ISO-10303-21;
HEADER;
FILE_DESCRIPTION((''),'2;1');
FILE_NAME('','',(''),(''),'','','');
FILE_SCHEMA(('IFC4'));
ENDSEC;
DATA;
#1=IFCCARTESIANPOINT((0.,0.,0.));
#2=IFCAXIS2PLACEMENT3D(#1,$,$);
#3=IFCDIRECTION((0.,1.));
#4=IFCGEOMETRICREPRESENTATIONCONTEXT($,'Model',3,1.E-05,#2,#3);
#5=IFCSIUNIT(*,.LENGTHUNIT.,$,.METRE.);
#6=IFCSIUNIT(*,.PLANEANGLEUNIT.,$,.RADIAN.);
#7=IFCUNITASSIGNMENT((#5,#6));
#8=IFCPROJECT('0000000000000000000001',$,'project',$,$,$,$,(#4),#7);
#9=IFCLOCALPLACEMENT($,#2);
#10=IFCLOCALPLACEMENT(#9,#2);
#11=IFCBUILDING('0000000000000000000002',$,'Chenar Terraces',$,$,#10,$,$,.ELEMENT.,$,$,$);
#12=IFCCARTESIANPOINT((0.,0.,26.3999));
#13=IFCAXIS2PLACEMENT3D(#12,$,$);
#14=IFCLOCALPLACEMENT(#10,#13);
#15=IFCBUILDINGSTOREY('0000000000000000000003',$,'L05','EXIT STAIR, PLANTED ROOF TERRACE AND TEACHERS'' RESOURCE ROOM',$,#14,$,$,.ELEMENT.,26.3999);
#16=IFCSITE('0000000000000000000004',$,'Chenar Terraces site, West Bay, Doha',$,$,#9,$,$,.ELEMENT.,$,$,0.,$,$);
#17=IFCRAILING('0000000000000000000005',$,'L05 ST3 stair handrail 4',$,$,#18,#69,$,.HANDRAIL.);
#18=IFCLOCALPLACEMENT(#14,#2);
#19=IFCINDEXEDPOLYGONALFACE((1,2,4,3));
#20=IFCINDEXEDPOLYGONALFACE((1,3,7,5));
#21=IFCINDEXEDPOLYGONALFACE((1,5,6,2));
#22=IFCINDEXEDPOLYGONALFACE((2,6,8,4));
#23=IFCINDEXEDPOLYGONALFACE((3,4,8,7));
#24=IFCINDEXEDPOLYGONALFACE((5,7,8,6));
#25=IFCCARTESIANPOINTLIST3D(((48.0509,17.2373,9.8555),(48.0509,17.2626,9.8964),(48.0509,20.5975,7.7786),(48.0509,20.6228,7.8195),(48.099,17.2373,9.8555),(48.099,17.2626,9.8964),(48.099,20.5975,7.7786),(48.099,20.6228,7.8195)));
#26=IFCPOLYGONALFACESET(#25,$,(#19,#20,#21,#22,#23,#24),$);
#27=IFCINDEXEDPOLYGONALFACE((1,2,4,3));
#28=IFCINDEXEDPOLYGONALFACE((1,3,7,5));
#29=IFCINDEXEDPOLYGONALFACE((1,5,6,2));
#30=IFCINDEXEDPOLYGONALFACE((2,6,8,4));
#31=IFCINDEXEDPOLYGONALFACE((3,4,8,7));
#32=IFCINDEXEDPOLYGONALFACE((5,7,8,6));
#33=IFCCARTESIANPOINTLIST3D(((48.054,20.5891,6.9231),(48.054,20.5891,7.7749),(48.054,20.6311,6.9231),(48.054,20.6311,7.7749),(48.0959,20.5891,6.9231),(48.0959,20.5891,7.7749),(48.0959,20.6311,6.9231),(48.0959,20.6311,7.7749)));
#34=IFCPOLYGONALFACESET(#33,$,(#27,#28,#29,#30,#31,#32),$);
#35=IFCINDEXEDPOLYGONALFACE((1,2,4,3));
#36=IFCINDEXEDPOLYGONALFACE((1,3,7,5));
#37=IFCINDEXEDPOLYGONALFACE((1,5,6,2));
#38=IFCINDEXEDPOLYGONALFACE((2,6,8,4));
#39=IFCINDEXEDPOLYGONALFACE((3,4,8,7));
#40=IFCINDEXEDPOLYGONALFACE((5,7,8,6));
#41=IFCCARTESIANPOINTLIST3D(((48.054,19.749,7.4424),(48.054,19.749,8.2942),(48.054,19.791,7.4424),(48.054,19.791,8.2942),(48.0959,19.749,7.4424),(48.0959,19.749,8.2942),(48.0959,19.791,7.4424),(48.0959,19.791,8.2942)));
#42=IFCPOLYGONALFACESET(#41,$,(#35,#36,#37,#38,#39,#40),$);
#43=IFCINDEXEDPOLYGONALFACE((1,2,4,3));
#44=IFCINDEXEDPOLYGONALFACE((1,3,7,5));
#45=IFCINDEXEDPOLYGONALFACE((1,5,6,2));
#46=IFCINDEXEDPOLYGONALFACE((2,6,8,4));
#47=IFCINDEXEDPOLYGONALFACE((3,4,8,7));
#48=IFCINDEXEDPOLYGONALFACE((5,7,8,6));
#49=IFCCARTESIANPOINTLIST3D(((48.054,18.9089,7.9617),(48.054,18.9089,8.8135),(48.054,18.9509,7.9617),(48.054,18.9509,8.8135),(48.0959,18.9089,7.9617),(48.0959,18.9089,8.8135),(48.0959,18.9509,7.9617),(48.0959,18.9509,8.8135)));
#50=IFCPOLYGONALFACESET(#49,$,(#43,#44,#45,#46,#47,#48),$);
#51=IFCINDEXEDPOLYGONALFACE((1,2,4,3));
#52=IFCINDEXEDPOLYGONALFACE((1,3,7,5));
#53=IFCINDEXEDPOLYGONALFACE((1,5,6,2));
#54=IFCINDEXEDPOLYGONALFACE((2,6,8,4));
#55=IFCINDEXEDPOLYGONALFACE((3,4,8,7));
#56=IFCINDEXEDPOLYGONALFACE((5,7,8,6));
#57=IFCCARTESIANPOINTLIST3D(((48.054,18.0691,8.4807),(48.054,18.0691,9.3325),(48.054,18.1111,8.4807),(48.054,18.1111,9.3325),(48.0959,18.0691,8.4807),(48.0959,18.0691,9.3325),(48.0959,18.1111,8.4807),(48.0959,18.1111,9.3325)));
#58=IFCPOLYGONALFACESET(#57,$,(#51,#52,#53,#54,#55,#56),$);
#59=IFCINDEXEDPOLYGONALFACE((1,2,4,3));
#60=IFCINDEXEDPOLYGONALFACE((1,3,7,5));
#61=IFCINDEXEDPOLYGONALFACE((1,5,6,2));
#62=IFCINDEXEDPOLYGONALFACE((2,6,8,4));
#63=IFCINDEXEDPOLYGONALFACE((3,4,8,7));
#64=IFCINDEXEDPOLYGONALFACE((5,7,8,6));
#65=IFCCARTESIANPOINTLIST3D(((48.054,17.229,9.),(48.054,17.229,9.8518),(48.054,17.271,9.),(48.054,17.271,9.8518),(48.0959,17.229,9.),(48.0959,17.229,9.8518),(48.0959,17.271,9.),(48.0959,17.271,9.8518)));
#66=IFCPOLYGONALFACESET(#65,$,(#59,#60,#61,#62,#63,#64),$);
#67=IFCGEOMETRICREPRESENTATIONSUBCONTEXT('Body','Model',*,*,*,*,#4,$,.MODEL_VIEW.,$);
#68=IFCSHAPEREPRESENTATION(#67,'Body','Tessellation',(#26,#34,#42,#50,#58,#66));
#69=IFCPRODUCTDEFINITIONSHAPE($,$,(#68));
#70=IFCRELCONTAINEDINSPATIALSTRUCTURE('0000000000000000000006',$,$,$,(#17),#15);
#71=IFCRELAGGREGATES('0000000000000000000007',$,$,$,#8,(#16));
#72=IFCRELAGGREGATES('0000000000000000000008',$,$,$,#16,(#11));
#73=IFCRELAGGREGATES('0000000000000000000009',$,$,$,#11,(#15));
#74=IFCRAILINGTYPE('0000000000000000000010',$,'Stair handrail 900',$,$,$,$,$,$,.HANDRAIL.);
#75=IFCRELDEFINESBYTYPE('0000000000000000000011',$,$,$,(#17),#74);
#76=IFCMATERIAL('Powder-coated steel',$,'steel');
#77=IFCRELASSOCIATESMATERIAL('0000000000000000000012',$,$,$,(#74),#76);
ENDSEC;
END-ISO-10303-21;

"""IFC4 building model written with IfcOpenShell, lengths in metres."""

from ifc_helpers import new_model, si_unit, direction, frame, origin, origin_2d, place, context, subcontext, project, spatial, rectangle, extrude, material, type_object, element, save


model = new_model("IFC4")

# Units and contexts
model_context = context("Model", 3, precision=1e-05, world=origin(), true_north=direction((0.0, 1.0)))
body_context = subcontext(model_context, "Body", "Model", "MODEL_VIEW")
ifc_project = project(units=[si_unit("LENGTHUNIT", "METRE"), si_unit("PLANEANGLEUNIT", "RADIAN")], contexts=[model_context])

# Site, building, storey
site_placement = place(None, origin())
site = spatial("IfcSite", under=ifc_project, at=site_placement, Name="Chenar Terraces site, West Bay, Doha", CompositionType="ELEMENT", RefElevation=0.0)
building_placement = place(site_placement, origin())
building = spatial("IfcBuilding", under=site, at=building_placement, Name="Chenar Terraces", CompositionType="ELEMENT")
storey_placement = place(building_placement, frame((0.0, 0.0, 26.3999)))
storey = spatial("IfcBuildingStorey", under=building, at=storey_placement, Name="L05", Description="EXIT STAIR, PLANTED ROOF TERRACE AND TEACHERS' RESOURCE ROOM", CompositionType="ELEMENT", Elevation=26.3999)

# Railing
ifc_material_1 = material(Name="Powder-coated steel", Category="steel")
railing_type = type_object("IfcRailingType", Name="Stair handrail 900", PredefinedType="HANDRAIL", material=ifc_material_1)
railing_1_placement = place(storey_placement, frame((48.075, 20.6101, 6.9231)))
element("IfcRailing", 1, at=railing_1_placement, inside=storey, type_object=railing_type, Name="L05 ST3 stair handrail 4", PredefinedType="HANDRAIL", context=body_context, shape_type="SweptSolid", body=[
    extrude(rectangle(XDim=0.0481, YDim=0.0481, at=origin_2d()), frame((0.0, 0.0, 0.876), z_axis=(0.0, -0.850623, 0.525776), x_axis=(1.0, 0.0, 0.0)), (0.0, 0.0, 1.0), 3.9502),
    extrude(rectangle(XDim=0.042, YDim=0.042, at=origin_2d()), origin(), (0.0, 0.0, 1.0), 0.8518),
    extrude(rectangle(XDim=0.042, YDim=0.042, at=origin_2d()), frame((0.0, -0.8401, 0.5193)), (0.0, 0.0, 1.0), 0.8518),
    extrude(rectangle(XDim=0.042, YDim=0.042, at=origin_2d()), frame((0.0, -1.6802, 1.0386)), (0.0, 0.0, 1.0), 0.8518),
    extrude(rectangle(XDim=0.042, YDim=0.042, at=origin_2d()), frame((0.0, -2.52, 1.5576)), (0.0, 0.0, 1.0), 0.8518),
    extrude(rectangle(XDim=0.042, YDim=0.042, at=origin_2d()), frame((0.0, -3.3601, 2.0769)), (0.0, 0.0, 1.0), 0.8518),
])

save(model, "model.ifc")
